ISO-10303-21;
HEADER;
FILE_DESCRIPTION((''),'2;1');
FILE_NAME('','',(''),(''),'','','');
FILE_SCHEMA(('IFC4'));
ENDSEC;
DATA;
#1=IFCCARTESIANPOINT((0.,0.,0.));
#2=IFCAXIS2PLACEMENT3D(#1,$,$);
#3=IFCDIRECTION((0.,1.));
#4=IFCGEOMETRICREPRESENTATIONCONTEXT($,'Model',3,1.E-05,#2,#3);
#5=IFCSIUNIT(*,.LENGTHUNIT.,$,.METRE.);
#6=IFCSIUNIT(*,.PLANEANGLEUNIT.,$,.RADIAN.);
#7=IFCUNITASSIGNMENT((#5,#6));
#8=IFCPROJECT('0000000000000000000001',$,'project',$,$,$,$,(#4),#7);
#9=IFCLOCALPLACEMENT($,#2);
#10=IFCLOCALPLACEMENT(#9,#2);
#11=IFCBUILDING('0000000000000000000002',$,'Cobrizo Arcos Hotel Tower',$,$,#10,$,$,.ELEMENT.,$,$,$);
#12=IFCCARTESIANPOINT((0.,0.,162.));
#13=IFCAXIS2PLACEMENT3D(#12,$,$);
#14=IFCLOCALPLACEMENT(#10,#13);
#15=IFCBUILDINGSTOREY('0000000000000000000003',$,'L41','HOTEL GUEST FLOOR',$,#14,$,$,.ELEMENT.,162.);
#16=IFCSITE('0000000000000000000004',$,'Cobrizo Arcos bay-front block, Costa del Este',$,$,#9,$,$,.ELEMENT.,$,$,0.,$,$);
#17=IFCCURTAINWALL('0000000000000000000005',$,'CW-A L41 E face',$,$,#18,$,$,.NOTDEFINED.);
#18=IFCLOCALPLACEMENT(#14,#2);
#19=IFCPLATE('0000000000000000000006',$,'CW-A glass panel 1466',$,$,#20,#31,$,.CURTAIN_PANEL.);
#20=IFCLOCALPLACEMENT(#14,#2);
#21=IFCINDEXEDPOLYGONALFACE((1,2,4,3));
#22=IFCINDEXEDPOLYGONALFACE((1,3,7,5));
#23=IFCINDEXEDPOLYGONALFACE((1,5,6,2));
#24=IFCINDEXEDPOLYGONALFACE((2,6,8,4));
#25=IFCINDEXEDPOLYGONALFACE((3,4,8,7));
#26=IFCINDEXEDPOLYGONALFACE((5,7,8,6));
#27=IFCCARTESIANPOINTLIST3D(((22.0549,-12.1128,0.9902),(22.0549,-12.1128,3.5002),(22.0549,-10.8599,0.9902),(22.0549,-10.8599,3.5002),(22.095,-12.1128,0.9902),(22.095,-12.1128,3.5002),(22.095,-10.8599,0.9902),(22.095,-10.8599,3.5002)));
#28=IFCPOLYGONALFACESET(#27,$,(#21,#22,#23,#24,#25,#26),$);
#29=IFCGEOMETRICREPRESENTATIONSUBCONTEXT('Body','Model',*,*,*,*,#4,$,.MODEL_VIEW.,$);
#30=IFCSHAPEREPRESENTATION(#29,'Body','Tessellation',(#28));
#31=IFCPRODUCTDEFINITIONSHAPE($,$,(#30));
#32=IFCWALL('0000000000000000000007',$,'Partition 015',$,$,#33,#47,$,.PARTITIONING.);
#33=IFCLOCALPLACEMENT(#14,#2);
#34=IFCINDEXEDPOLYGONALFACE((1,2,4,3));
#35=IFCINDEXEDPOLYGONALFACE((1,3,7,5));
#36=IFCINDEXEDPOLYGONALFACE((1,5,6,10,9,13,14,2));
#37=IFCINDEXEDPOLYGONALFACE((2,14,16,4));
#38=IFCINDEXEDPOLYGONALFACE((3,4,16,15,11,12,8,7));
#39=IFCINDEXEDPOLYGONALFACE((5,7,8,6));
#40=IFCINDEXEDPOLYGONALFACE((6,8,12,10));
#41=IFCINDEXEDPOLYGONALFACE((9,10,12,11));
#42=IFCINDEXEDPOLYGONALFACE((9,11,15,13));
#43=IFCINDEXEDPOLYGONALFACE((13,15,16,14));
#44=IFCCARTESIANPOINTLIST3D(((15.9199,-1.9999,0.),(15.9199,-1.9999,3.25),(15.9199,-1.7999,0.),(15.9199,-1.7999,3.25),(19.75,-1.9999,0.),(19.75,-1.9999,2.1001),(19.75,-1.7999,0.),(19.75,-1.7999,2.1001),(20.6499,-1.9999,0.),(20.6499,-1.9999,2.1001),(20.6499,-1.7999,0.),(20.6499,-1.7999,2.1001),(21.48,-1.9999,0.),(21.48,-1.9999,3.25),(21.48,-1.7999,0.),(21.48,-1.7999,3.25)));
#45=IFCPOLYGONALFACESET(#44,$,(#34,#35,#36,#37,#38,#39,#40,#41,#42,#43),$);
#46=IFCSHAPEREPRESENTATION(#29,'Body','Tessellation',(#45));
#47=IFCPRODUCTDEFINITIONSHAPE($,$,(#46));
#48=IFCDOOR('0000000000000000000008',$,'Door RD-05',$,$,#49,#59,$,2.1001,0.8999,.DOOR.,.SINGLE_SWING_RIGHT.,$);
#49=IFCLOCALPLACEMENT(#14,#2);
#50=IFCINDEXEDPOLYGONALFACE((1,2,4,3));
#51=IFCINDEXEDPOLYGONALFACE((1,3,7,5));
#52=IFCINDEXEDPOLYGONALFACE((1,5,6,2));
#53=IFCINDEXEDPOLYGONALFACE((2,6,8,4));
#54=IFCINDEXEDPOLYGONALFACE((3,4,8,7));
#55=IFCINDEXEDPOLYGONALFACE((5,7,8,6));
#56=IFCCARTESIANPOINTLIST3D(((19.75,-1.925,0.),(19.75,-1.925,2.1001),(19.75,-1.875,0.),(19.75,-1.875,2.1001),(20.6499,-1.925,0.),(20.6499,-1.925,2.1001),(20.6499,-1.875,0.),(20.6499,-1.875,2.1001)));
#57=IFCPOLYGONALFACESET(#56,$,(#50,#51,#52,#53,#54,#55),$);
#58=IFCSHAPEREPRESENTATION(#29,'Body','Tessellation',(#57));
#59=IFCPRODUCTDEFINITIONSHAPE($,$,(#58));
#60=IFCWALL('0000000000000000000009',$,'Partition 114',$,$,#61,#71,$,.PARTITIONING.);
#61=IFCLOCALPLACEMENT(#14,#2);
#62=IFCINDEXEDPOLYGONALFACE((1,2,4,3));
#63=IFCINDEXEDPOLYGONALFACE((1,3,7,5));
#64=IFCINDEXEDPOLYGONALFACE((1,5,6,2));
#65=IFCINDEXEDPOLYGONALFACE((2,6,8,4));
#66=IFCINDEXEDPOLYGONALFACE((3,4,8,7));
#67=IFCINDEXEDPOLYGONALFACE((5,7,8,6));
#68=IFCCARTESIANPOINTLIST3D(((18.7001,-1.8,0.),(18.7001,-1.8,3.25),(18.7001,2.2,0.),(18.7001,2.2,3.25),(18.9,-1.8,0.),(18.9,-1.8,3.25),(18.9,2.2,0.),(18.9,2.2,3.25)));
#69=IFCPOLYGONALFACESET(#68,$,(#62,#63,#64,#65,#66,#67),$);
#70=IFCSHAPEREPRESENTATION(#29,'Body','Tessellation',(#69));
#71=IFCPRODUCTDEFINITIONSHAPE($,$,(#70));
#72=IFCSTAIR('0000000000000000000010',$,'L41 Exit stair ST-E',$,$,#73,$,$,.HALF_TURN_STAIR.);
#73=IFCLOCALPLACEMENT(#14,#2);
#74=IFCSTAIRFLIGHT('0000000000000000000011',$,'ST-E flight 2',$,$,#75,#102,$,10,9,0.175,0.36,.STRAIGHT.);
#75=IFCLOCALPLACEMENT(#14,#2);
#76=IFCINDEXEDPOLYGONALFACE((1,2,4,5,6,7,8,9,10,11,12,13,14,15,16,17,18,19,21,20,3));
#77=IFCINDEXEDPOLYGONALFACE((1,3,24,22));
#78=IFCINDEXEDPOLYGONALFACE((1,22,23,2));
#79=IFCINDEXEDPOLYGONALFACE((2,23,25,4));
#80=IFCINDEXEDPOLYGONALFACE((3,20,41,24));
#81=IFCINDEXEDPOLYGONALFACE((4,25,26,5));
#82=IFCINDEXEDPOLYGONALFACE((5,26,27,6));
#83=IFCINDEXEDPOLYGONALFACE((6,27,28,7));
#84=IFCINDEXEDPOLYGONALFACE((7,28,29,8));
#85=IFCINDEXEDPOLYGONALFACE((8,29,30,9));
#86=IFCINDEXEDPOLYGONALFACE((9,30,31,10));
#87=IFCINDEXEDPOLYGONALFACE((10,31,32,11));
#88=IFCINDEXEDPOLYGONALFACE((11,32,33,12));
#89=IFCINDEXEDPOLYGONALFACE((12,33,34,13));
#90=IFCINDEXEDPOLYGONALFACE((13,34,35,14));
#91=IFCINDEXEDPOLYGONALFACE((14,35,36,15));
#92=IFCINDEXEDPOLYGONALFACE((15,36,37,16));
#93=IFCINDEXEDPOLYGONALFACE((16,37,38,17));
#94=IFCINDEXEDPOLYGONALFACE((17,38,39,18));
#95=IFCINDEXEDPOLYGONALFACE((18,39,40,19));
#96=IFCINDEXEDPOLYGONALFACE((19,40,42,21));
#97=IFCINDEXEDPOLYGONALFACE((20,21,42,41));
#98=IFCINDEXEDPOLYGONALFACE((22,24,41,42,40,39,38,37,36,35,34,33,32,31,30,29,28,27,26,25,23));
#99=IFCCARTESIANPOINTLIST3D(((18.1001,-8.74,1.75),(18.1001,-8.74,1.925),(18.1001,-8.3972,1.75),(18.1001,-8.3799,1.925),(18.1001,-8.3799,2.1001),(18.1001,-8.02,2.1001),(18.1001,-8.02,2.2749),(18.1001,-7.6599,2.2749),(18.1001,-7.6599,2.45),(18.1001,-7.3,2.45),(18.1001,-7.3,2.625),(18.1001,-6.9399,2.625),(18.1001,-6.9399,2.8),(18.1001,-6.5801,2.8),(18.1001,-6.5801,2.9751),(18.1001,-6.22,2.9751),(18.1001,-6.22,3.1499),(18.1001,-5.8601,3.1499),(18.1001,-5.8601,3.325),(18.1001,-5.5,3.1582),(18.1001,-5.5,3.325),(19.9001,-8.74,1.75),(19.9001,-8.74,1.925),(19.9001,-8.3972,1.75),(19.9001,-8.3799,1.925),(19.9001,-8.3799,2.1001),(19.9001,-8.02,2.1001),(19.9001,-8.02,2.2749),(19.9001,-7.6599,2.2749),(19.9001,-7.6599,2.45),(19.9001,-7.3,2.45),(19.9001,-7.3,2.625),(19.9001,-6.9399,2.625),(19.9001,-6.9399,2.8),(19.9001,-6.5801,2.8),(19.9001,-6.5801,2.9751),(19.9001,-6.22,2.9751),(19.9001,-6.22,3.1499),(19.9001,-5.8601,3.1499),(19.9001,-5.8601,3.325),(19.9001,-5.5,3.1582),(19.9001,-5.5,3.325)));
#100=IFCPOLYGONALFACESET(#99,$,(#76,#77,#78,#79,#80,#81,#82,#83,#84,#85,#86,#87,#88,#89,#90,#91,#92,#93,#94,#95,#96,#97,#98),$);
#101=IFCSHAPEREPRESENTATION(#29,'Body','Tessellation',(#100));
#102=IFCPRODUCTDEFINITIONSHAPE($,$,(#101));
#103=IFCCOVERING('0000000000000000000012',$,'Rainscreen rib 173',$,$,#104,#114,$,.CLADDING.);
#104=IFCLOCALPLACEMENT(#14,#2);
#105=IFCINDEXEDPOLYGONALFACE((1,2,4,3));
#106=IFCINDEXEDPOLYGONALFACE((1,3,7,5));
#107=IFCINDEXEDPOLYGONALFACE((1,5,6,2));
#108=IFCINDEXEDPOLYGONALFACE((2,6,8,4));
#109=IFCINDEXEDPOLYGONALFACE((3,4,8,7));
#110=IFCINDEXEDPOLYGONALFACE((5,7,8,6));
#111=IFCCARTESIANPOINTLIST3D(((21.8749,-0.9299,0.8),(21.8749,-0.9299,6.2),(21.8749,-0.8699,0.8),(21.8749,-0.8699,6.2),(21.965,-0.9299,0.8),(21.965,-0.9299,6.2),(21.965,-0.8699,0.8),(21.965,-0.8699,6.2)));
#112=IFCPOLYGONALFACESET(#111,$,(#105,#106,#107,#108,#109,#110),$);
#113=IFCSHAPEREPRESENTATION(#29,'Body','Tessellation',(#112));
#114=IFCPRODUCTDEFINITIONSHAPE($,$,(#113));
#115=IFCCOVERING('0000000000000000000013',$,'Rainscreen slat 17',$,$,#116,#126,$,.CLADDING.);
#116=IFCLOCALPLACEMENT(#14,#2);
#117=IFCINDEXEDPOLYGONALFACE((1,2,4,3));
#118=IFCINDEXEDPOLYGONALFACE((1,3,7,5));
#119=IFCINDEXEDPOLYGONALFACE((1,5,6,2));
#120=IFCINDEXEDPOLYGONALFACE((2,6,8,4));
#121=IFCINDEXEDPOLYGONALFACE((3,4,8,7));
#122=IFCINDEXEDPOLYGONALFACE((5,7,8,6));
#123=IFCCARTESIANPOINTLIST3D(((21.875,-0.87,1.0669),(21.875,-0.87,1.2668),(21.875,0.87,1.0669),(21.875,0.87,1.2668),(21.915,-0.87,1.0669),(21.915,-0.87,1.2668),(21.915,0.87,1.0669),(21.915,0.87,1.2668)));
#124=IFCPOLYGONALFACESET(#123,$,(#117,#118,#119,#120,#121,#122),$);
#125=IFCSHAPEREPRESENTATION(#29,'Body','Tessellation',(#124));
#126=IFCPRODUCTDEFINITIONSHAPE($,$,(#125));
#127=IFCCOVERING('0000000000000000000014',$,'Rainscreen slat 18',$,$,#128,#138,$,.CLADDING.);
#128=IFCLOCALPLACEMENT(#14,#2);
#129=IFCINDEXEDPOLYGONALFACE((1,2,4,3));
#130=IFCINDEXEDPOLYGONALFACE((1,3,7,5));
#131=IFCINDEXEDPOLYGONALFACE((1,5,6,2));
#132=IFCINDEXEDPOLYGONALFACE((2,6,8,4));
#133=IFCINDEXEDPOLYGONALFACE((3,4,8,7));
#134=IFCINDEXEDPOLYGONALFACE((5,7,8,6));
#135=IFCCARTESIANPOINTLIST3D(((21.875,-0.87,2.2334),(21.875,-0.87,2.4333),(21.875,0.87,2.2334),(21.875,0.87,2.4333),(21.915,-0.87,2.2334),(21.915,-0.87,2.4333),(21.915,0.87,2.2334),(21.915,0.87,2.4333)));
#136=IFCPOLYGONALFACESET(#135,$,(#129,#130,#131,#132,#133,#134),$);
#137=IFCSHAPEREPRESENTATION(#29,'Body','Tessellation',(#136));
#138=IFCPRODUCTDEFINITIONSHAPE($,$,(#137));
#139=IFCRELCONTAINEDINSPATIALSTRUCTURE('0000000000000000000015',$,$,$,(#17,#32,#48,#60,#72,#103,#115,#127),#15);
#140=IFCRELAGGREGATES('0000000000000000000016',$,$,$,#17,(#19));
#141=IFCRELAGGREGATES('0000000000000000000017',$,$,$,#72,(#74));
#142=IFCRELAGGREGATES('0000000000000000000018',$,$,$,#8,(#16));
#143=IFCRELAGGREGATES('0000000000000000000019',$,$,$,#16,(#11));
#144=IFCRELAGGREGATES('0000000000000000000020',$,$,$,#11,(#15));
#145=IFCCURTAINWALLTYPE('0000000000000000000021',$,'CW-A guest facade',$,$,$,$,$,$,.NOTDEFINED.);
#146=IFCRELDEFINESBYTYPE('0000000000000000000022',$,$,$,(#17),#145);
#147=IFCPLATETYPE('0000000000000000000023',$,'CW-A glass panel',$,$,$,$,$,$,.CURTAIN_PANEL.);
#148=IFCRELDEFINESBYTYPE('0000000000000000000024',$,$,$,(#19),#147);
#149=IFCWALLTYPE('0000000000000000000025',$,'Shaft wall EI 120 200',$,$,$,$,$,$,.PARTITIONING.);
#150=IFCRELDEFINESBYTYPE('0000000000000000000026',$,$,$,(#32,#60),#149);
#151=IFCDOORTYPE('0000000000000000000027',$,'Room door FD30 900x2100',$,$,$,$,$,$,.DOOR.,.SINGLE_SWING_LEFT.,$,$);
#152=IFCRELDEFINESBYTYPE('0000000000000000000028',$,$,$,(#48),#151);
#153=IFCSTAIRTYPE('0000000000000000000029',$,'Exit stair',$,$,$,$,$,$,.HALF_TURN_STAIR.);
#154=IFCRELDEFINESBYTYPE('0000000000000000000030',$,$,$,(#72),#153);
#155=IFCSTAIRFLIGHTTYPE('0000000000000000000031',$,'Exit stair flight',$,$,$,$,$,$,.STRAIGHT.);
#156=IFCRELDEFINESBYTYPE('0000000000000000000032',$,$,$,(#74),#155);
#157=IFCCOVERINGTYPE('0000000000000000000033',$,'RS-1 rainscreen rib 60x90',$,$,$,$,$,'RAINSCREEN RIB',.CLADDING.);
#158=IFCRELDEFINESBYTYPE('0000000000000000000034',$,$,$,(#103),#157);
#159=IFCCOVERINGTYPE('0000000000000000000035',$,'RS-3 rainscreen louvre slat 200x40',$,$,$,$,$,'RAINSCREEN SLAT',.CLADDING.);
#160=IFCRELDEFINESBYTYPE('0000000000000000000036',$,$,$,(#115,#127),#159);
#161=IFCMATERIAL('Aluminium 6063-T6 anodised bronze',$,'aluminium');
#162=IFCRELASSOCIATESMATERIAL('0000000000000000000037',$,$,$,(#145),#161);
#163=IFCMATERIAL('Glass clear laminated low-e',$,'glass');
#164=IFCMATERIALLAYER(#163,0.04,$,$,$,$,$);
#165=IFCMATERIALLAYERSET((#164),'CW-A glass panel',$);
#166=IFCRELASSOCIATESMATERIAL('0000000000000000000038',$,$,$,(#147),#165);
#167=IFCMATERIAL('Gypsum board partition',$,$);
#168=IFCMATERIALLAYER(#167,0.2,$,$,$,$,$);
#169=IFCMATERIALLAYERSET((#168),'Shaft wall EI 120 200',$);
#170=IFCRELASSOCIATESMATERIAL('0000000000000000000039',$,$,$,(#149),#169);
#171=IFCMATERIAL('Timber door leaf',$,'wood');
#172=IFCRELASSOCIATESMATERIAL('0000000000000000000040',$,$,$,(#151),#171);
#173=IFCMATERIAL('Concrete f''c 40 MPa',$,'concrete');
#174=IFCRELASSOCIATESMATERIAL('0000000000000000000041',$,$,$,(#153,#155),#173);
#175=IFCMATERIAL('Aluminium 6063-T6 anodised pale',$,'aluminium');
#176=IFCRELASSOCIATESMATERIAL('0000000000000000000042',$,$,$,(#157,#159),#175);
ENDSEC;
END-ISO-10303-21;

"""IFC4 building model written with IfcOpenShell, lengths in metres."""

from ifc_helpers import new_model, si_unit, direction, frame, frame_2d, origin, origin_2d, place, context, subcontext, project, spatial, polyline, rectangle, outline, extrude, material, layer, layer_set, type_object, element, fill, aggregate, save


model = new_model("IFC4")

# Units and contexts
model_context = context("Model", 3, precision=1e-05, world=origin(), true_north=direction((0.0, 1.0)))
body_context = subcontext(model_context, "Body", "Model", "MODEL_VIEW")
ifc_project = project(units=[si_unit("LENGTHUNIT", "METRE"), si_unit("PLANEANGLEUNIT", "RADIAN")], contexts=[model_context])

# Site, building, storey
site_placement = place(None, origin())
site = spatial("IfcSite", under=ifc_project, at=site_placement, Name="Cobrizo Arcos bay-front block, Costa del Este", CompositionType="ELEMENT", RefElevation=0.0)
building_placement = place(site_placement, origin())
building = spatial("IfcBuilding", under=site, at=building_placement, Name="Cobrizo Arcos Hotel Tower", CompositionType="ELEMENT")
storey_placement = place(building_placement, frame((0.0, 0.0, 162.0)))
storey = spatial("IfcBuildingStorey", under=building, at=storey_placement, Name="L41", Description="HOTEL GUEST FLOOR", CompositionType="ELEMENT", Elevation=162.0)

# Curtain wall, plate
ifc_material_1 = material(Name="Aluminium 6063-T6 anodised bronze", Category="aluminium")
curtain_wall_type = type_object("IfcCurtainWallType", Name="CW-A guest facade", PredefinedType="NOTDEFINED", material=ifc_material_1)
curtain_wall_placement = place(storey_placement, origin())
curtain_wall = element("IfcCurtainWall", 1, at=curtain_wall_placement, inside=storey, type_object=curtain_wall_type, Name="CW-A L41 E face", PredefinedType="NOTDEFINED")
ifc_material_2 = material(Name="Glass clear laminated low-e", Category="glass")
ifc_layer_1 = layer(ifc_material_2, 0.04)
ifc_layer_set_1 = layer_set([ifc_layer_1], Name="CW-A glass panel")
plate_type = type_object("IfcPlateType", Name="CW-A glass panel", PredefinedType="CURTAIN_PANEL", material=ifc_layer_set_1)
plate_placement = place(storey_placement, frame((22.075, -11.4863, 0.9902), z_axis=(0.0, 0.0, 1.0), x_axis=(0.0, 1.0, 0.0)))
plate = element("IfcPlate", 2, at=plate_placement, type_object=plate_type, Name="CW-A glass panel 1466", PredefinedType="CURTAIN_PANEL", context=body_context, shape_type="SweptSolid", body=[
    extrude(rectangle(XDim=1.2529, YDim=0.04, at=origin_2d()), origin(), (0.0, 0.0, 1.0), 2.51),
])
aggregate(curtain_wall, [plate])

# Wall, opening, door
ifc_material_3 = material(Name="Gypsum board partition")
ifc_layer_2 = layer(ifc_material_3, 0.2)
ifc_layer_set_2 = layer_set([ifc_layer_2], Name="Shaft wall EI 120 200")
wall_type = type_object("IfcWallType", Name="Shaft wall EI 120 200", PredefinedType="PARTITIONING", material=ifc_layer_set_2)
wall_1_placement = place(storey_placement, frame((15.9199, -1.8999, 0.0), z_axis=(0.0, 0.0, 1.0), x_axis=(1.0, 0.0, 0.0)))
wall_1 = element("IfcWall", 3, at=wall_1_placement, inside=storey, type_object=wall_type, Name="Partition 015", PredefinedType="PARTITIONING", context=body_context, shape_type="SweptSolid", body=[
    extrude(rectangle(XDim=5.5601, YDim=0.2, at=frame_2d((2.78, 0.0))), origin(), (0.0, 0.0, 1.0), 3.25),
])
opening_placement = place(wall_1_placement, frame((3.8301, 0.0, 0.0)))
opening = element("IfcOpeningElement", 4, at=opening_placement, cuts=wall_1, PredefinedType="OPENING", context=body_context, shape_type="SweptSolid", body=[
    extrude(rectangle(XDim=0.8999, YDim=2.1001, at=frame_2d((0.45, 1.05))), frame((0.0, 0.1121, 0.0), z_axis=(0.0, -1.0, 0.0), x_axis=(1.0, 0.0, 0.0)), (0.0, 0.0, 1.0), 0.2239),
])
ifc_material_4 = material(Name="Timber door leaf", Category="wood")
door_type = type_object("IfcDoorType", Name="Room door FD30 900x2100", OperationType="SINGLE_SWING_LEFT", PredefinedType="DOOR", material=ifc_material_4)
door_placement = place(opening_placement, origin())
door = element("IfcDoor", 5, at=door_placement, inside=storey, type_object=door_type, Name="Door RD-05", OperationType="SINGLE_SWING_RIGHT", OverallHeight=2.1001, OverallWidth=0.8999, PredefinedType="DOOR", context=body_context, shape_type="SweptSolid", body=[
    extrude(rectangle(XDim=0.8999, YDim=2.1001, at=frame_2d((0.45, 1.05))), frame((0.0, 0.0249, 0.0), z_axis=(0.0, -1.0, 0.0), x_axis=(1.0, 0.0, 0.0)), (0.0, 0.0, 1.0), 0.05),
])
fill(opening, door)

# Wall
wall_2_placement = place(storey_placement, frame((18.8, -1.8, 0.0), z_axis=(0.0, 0.0, 1.0), x_axis=(0.0, 1.0, 0.0)))
element("IfcWall", 6, at=wall_2_placement, inside=storey, type_object=wall_type, Name="Partition 114", PredefinedType="PARTITIONING", context=body_context, shape_type="SweptSolid", body=[
    extrude(rectangle(XDim=4.0, YDim=0.2, at=frame_2d((2.0, 0.0))), origin(), (0.0, 0.0, 1.0), 3.25),
])

# Stair, stair flight
ifc_material_5 = material(Name="Concrete f'c 40 MPa", Category="concrete")
stair_type = type_object("IfcStairType", Name="Exit stair", PredefinedType="HALF_TURN_STAIR", material=ifc_material_5)
stair_placement = place(storey_placement, origin())
stair = element("IfcStair", 7, at=stair_placement, inside=storey, type_object=stair_type, Name="L41 Exit stair ST-E", PredefinedType="HALF_TURN_STAIR")
stair_flight_type = type_object("IfcStairFlightType", Name="Exit stair flight", PredefinedType="STRAIGHT", material=ifc_material_5)
stair_flight_placement = place(storey_placement, frame((19.0, -8.74, 1.75), z_axis=(0.0, 0.0, 1.0), x_axis=(0.0, 1.0, 0.0)))
stair_flight = element("IfcStairFlight", 8, at=stair_flight_placement, type_object=stair_flight_type, Name="ST-E flight 2", NumberOfRisers=10, NumberOfTreads=9, PredefinedType="STRAIGHT", RiserHeight=0.175, TreadLength=0.36, context=body_context, shape_type="SweptSolid", body=[
    extrude(outline(polyline([(0.0, 0.0), (0.0, 0.175), (0.3601, 0.175), (0.3601, 0.3501), (0.72, 0.3501), (0.72, 0.5249), (1.0801, 0.5249), (1.0801, 0.7), (1.4399, 0.7), (1.4399, 0.875), (1.8, 0.875), (1.8, 1.05), (2.1599, 1.05), (2.1599, 1.2251), (2.52, 1.2251), (2.52, 1.3999), (2.8799, 1.3999), (2.8799, 1.575), (3.24, 1.575), (3.24, 1.75), (3.24, 1.4082), (0.3428, 0.0), (0.0, 0.0)])), frame((0.0, 0.8999, 0.0), z_axis=(0.0, -1.0, 0.0), x_axis=(1.0, 0.0, 0.0)), (0.0, 0.0, 1.0), 1.8),
])
aggregate(stair, [stair_flight])

# Coverings
ifc_material_6 = material(Name="Aluminium 6063-T6 anodised pale", Category="aluminium")
covering_type_1 = type_object("IfcCoveringType", Name="RS-1 rainscreen rib 60x90", ElementType="RAINSCREEN RIB", PredefinedType="CLADDING", material=ifc_material_6)
covering_placement = place(storey_placement, frame((21.9199, -0.8999, 0.8), z_axis=(0.0, 0.0, 1.0), x_axis=(0.0, 1.0, 0.0)))
element("IfcCovering", 9, at=covering_placement, inside=storey, type_object=covering_type_1, Name="Rainscreen rib 173", PredefinedType="CLADDING", context=body_context, shape_type="SweptSolid", body=[
    extrude(rectangle(XDim=0.0601, YDim=0.0901, at=origin_2d()), origin(), (0.0, 0.0, 1.0), 5.3999),
])
covering_type_2 = type_object("IfcCoveringType", Name="RS-3 rainscreen louvre slat 200x40", ElementType="RAINSCREEN SLAT", PredefinedType="CLADDING", material=ifc_material_6)
for number, where, z_axis, x_axis, name in (
    (10, (21.895, 0.0, 1.0669), (0.0, 0.0, 1.0), (0.0, 1.0, 0.0), "Rainscreen slat 17"),
    (11, (21.895, 0.0, 2.2334), (0.0, 0.0, 1.0), (0.0, 1.0, 0.0), "Rainscreen slat 18"),
):
    element("IfcCovering", number, at=place(storey_placement, frame(where, z_axis=z_axis, x_axis=x_axis)), inside=storey, type_object=covering_type_2, Name=name, PredefinedType="CLADDING", context=body_context, shape_type="SweptSolid", body=[
        extrude(rectangle(XDim=1.74, YDim=0.04, at=origin_2d()), origin(), (0.0, 0.0, 1.0), 0.2),
    ])

save(model, "model.ifc")
